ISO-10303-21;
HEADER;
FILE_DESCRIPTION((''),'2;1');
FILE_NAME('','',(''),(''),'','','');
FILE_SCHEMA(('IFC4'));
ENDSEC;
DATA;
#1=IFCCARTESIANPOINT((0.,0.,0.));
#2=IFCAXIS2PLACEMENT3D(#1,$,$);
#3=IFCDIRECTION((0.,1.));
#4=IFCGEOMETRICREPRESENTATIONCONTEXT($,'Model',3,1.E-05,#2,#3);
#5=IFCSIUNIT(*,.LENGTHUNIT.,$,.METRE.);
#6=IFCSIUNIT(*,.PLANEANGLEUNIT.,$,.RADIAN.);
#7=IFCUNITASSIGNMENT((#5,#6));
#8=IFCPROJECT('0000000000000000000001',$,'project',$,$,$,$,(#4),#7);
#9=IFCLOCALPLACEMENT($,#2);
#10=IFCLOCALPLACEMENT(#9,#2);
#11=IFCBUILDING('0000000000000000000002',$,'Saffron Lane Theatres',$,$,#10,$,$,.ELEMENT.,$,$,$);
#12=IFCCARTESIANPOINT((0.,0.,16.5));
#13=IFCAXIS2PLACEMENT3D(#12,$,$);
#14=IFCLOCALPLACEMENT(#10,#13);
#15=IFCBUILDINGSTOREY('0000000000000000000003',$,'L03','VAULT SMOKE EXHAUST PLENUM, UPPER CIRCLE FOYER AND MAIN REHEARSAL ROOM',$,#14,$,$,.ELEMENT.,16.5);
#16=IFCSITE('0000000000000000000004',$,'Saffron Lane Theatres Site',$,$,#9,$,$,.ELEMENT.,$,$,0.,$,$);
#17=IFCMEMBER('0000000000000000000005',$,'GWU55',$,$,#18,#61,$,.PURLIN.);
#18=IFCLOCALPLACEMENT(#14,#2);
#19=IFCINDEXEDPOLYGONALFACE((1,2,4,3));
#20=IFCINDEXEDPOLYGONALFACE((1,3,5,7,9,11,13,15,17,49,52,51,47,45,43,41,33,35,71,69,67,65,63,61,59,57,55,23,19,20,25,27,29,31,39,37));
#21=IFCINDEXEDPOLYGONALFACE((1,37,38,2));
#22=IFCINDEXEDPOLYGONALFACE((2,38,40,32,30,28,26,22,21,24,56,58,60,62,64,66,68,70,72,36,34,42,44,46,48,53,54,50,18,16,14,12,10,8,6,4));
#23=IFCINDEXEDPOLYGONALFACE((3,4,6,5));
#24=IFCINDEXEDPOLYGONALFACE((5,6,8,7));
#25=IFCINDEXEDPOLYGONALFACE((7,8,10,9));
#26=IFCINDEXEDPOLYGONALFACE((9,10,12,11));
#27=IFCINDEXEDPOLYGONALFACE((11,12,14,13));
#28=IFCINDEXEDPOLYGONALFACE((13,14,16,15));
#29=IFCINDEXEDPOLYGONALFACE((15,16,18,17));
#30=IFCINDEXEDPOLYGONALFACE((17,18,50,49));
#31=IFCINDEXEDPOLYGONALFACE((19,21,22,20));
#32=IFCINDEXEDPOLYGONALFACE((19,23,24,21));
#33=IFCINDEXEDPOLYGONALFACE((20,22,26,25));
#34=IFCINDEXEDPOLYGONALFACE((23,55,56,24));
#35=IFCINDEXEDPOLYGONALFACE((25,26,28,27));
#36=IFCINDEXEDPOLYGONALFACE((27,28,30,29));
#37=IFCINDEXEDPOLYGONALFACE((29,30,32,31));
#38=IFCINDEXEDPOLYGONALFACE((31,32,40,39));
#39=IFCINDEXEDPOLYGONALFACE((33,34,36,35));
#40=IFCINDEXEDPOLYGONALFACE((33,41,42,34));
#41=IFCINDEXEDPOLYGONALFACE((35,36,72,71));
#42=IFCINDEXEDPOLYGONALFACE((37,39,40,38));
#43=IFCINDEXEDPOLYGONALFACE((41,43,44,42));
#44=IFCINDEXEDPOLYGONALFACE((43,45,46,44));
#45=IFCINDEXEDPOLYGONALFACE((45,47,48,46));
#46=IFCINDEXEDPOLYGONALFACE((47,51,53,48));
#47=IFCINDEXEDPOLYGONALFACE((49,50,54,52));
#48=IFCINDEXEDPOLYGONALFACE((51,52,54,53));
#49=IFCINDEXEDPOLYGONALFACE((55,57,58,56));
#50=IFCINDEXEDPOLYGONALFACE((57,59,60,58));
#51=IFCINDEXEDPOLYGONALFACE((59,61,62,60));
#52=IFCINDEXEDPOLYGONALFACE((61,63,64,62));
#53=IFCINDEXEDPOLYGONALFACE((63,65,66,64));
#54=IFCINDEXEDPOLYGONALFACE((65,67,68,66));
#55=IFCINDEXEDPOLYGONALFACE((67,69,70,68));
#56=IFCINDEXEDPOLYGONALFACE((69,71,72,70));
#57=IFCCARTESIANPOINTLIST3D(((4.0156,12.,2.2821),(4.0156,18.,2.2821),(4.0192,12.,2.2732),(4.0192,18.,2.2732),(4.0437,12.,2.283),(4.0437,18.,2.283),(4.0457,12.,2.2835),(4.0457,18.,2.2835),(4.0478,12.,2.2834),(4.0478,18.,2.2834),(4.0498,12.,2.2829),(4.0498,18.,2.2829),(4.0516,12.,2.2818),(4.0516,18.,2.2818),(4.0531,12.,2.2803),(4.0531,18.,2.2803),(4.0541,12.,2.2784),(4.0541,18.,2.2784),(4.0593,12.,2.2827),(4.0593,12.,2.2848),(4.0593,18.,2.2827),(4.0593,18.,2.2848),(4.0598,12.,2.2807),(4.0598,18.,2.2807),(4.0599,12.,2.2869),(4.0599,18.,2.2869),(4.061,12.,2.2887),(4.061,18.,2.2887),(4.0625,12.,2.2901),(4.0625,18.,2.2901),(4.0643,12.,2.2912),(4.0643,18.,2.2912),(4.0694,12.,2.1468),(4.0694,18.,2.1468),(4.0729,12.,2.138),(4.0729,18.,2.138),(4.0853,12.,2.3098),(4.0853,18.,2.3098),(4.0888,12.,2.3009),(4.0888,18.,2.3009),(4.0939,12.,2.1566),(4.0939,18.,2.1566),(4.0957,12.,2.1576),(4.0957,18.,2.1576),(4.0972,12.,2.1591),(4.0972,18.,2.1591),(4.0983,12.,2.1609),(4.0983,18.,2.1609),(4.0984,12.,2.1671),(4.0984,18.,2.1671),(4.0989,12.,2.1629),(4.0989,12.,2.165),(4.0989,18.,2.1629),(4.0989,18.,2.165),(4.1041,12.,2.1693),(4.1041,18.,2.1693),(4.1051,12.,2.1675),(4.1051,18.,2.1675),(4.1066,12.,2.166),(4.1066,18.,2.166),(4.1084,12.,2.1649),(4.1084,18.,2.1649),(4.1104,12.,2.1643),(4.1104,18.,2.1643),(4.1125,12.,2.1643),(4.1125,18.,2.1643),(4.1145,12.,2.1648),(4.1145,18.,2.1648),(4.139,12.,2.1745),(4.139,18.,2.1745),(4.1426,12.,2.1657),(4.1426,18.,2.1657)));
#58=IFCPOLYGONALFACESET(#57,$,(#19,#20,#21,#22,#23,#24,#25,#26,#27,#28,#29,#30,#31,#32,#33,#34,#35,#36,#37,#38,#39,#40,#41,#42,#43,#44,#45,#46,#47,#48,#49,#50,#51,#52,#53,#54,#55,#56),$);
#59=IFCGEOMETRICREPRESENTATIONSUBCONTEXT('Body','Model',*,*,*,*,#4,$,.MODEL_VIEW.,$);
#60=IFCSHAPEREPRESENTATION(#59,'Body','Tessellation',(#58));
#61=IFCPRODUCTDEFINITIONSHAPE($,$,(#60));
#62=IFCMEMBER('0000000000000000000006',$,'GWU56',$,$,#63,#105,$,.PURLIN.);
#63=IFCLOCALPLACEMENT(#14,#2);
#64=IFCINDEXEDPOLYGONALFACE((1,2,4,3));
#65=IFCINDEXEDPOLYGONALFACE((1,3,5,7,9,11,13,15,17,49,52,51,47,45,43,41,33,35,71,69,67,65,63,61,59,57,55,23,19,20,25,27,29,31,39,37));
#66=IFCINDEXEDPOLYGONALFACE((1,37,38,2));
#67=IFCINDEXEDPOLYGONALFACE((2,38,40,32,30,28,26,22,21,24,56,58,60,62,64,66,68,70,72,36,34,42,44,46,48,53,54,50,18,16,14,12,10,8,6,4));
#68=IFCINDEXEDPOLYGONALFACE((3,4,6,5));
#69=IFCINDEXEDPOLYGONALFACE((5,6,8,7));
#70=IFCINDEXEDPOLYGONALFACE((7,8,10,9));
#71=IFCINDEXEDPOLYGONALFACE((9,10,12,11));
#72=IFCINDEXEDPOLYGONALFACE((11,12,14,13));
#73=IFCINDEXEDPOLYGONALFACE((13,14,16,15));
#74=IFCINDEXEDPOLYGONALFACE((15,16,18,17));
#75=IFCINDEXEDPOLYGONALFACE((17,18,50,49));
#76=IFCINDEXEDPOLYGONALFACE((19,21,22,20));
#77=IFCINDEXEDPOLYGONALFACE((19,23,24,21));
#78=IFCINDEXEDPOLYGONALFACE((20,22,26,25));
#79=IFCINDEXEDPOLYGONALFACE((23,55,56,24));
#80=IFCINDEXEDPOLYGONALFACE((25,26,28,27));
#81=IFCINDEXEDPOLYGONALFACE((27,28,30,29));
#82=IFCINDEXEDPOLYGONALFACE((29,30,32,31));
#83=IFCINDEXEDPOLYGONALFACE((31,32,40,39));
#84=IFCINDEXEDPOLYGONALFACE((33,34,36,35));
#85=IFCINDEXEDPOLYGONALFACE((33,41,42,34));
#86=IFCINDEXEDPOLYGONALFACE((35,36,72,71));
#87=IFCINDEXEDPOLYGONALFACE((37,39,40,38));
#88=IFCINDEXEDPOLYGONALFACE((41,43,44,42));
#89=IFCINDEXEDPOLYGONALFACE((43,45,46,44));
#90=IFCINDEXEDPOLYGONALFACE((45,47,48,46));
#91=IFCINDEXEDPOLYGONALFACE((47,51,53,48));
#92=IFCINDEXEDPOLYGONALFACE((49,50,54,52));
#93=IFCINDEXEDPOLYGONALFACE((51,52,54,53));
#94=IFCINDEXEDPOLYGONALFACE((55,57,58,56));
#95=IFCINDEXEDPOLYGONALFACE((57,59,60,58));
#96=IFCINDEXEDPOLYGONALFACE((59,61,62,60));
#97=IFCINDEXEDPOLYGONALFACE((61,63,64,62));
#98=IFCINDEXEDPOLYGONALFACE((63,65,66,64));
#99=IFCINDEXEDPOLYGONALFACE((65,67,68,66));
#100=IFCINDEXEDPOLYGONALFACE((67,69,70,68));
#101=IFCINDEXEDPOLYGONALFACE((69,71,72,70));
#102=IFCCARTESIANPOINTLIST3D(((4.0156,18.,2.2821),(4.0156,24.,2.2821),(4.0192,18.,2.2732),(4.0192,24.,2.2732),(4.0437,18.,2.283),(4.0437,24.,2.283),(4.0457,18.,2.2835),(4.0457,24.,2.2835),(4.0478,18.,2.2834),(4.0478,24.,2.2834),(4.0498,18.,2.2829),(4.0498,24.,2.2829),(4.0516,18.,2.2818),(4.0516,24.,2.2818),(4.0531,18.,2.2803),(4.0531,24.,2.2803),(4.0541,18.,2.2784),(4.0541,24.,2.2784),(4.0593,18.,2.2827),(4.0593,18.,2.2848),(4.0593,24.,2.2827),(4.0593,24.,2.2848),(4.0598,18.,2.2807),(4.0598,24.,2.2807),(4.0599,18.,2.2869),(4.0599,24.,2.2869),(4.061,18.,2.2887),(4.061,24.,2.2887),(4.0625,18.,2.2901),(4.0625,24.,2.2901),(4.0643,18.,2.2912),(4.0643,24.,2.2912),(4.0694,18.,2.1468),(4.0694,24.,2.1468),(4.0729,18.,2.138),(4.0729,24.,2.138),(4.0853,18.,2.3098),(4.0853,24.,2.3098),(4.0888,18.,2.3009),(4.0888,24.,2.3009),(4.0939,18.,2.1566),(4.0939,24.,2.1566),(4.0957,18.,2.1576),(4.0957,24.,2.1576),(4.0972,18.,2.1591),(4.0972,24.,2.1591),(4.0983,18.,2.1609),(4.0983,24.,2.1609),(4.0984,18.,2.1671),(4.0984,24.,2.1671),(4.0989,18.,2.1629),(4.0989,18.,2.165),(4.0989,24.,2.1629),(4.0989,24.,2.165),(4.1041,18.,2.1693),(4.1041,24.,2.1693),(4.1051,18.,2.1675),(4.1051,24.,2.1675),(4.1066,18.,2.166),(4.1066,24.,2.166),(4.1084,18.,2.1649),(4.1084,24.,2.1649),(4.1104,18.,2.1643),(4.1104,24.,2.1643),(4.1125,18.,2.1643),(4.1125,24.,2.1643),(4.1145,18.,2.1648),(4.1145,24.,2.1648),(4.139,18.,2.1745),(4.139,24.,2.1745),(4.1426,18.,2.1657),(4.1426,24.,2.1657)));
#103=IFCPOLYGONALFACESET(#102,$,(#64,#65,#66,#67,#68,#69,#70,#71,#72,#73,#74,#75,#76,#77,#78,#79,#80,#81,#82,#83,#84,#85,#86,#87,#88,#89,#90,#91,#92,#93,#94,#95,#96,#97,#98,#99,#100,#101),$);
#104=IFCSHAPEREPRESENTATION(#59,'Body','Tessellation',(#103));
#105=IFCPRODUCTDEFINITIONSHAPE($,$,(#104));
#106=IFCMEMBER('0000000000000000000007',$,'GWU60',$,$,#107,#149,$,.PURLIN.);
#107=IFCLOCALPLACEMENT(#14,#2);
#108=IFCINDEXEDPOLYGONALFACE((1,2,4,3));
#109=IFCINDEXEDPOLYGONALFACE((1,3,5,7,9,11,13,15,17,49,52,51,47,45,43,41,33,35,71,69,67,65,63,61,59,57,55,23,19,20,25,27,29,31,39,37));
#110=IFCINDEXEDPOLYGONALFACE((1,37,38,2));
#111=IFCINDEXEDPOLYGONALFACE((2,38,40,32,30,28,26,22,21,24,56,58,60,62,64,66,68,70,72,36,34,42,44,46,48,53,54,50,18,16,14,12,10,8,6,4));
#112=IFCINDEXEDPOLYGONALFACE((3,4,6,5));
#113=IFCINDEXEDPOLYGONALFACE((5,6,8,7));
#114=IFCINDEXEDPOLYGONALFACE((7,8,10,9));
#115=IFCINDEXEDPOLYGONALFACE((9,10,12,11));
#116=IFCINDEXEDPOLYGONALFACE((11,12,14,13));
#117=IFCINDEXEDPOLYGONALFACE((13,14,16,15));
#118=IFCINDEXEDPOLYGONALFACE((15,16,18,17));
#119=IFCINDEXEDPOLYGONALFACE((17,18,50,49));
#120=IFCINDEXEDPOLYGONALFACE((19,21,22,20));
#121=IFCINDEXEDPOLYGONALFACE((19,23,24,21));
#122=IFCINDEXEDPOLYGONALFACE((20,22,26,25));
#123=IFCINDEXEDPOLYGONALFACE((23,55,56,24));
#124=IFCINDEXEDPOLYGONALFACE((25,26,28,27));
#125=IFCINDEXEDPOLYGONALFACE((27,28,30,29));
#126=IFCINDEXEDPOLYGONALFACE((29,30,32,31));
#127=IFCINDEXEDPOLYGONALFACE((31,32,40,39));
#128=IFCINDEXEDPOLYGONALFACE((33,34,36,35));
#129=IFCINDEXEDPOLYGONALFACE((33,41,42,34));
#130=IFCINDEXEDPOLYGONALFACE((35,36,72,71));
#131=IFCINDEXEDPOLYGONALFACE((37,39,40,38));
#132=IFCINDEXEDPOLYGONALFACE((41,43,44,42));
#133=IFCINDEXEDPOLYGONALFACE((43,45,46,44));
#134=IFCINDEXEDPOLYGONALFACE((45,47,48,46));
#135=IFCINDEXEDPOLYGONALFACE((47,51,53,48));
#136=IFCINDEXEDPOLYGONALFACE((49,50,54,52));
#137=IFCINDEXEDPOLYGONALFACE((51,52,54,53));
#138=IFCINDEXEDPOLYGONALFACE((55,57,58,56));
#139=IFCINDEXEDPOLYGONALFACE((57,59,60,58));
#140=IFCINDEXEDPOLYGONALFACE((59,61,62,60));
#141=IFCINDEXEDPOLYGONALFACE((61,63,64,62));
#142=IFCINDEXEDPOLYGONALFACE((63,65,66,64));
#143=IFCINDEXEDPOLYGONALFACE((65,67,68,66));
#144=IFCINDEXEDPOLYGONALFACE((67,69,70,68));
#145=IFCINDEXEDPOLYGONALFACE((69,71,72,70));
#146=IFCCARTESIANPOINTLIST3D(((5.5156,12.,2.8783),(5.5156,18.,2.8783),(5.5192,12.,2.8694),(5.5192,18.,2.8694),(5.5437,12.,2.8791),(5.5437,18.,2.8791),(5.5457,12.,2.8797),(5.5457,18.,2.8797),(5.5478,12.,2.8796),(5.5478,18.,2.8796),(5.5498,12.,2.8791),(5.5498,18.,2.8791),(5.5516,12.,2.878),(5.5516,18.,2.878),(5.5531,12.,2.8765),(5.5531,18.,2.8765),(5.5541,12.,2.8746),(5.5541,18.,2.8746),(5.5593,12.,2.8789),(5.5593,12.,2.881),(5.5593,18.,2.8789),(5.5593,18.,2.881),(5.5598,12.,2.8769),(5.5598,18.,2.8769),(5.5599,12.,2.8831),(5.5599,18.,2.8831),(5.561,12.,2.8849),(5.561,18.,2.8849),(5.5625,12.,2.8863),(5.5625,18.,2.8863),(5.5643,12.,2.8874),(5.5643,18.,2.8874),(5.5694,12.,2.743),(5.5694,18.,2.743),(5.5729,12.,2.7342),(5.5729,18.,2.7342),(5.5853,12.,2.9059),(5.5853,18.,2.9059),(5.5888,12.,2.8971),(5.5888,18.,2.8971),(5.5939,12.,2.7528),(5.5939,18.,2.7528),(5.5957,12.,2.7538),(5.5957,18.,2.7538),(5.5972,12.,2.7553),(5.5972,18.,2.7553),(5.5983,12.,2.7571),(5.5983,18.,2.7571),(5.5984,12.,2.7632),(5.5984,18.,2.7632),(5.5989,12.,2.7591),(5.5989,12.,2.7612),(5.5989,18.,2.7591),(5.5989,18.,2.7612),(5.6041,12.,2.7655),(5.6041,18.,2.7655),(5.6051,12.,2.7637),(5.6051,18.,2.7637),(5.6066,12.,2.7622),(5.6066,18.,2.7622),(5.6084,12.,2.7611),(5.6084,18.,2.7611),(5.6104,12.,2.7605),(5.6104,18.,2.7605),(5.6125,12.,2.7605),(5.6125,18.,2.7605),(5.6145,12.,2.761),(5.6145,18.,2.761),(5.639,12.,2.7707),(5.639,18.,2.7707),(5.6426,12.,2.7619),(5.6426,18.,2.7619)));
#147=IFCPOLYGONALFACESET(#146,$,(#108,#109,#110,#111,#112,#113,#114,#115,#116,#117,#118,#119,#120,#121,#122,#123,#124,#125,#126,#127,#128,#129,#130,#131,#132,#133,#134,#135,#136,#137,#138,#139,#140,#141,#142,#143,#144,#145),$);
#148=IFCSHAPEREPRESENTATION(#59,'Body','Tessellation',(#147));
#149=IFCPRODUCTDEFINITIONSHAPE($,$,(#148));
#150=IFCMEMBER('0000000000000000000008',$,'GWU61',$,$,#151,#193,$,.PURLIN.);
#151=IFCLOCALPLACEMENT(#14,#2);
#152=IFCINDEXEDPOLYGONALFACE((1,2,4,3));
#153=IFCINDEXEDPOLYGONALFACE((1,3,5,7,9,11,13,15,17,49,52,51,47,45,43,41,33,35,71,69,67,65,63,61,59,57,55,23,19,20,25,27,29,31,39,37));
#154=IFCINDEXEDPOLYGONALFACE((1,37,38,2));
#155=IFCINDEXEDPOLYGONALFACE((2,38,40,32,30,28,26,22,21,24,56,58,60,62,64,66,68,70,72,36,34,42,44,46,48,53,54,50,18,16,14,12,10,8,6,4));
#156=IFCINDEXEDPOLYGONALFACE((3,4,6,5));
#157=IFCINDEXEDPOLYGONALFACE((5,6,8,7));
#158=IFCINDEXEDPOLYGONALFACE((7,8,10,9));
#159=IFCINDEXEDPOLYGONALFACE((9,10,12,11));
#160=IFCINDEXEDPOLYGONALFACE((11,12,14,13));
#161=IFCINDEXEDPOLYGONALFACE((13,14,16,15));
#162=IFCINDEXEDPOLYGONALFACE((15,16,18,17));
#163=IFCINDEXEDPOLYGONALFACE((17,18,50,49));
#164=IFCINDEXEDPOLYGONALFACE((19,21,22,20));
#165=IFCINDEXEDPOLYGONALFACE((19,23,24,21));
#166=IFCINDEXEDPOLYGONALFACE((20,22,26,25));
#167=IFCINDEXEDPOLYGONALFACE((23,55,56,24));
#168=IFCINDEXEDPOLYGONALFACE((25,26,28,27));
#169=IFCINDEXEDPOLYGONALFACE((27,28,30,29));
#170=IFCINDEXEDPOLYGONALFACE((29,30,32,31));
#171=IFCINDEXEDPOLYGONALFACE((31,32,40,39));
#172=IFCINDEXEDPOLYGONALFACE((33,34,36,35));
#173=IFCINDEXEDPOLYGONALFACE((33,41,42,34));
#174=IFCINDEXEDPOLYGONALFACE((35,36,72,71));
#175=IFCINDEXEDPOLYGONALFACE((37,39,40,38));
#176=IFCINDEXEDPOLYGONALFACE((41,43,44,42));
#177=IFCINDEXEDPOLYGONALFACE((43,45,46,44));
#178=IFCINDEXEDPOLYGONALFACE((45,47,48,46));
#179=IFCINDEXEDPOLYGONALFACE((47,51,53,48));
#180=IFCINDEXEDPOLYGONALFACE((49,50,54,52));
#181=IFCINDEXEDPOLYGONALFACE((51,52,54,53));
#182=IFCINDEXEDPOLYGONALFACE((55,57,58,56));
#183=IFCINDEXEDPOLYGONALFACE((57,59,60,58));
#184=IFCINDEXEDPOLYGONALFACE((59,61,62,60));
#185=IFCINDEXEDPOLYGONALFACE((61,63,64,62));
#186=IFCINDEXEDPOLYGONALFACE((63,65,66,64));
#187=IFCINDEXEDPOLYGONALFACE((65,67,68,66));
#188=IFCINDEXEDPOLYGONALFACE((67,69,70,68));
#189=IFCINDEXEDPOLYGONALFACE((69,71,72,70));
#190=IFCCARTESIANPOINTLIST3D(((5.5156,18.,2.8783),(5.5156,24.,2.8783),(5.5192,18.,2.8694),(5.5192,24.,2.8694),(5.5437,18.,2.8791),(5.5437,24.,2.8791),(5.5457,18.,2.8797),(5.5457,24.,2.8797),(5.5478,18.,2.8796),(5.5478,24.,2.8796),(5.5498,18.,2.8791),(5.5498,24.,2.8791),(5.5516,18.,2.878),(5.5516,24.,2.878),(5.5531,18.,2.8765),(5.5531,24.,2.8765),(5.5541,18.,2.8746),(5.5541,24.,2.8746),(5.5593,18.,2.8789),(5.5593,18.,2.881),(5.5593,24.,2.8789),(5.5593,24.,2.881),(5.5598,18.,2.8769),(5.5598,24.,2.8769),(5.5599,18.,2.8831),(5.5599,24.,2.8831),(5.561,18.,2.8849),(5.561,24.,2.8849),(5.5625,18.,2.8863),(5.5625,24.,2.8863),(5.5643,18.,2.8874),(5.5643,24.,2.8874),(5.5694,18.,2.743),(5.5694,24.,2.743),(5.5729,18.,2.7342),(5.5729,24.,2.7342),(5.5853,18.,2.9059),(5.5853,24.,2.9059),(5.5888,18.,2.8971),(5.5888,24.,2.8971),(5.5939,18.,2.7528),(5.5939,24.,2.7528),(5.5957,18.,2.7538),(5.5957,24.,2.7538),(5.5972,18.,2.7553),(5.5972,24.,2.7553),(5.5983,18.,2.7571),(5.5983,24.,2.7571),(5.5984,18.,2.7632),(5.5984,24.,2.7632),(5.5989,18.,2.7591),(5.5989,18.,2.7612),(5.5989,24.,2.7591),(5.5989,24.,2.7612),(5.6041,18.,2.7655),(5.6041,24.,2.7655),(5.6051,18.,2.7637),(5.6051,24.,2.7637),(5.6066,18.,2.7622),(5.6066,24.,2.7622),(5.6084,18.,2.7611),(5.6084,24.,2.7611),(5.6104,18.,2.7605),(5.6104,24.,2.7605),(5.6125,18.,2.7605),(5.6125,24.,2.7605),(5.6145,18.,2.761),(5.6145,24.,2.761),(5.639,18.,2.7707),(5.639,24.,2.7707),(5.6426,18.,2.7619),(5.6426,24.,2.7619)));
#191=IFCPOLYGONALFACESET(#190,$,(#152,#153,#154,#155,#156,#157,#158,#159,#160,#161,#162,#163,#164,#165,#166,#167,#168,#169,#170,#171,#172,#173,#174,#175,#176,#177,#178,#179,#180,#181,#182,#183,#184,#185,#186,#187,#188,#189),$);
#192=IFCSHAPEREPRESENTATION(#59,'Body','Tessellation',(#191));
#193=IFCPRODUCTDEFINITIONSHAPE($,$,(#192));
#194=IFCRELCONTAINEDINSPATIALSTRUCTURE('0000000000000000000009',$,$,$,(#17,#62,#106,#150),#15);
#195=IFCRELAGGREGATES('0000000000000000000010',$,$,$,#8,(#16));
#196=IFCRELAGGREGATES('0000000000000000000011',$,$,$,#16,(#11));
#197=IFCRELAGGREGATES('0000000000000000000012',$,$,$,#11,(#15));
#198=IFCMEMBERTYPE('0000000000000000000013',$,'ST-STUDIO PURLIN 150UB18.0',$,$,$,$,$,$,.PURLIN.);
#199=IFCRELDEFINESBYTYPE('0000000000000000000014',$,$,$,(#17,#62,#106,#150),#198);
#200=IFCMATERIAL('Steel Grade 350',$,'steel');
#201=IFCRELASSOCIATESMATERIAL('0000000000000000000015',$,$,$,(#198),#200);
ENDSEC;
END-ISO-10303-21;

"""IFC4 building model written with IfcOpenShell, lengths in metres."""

from ifc_helpers import new_model, si_unit, direction, frame, origin, origin_2d, place, context, subcontext, project, spatial, i_section, extrude, material, material_profile, profile_set, type_object, element, save


model = new_model("IFC4")

# Units and contexts
model_context = context("Model", 3, precision=1e-05, world=origin(), true_north=direction((0.0, 1.0)))
body_context = subcontext(model_context, "Body", "Model", "MODEL_VIEW")
ifc_project = project(units=[si_unit("LENGTHUNIT", "METRE"), si_unit("PLANEANGLEUNIT", "RADIAN")], contexts=[model_context])

# Site, building, storey
site_placement = place(None, origin())
site = spatial("IfcSite", under=ifc_project, at=site_placement, Name="Saffron Lane Theatres Site", CompositionType="ELEMENT", RefElevation=0.0)
building_placement = place(site_placement, origin())
building = spatial("IfcBuilding", under=site, at=building_placement, Name="Saffron Lane Theatres", CompositionType="ELEMENT")
storey_placement = place(building_placement, frame((0.0, 0.0, 16.5)))
storey = spatial("IfcBuildingStorey", under=building, at=storey_placement, Name="L03", Description="VAULT SMOKE EXHAUST PLENUM, UPPER CIRCLE FOYER AND MAIN REHEARSAL ROOM", CompositionType="ELEMENT", Elevation=16.5)

# Members
ifc_material_1 = material(Name="Steel Grade 350", Category="steel")
ifc_material_profile_1 = material_profile(ifc_material_1, i_section(OverallWidth=0.075, OverallDepth=0.155, WebThickness=0.0061, FlangeThickness=0.0095, FilletRadius=0.0081, at=origin_2d()))
ifc_profile_set_1 = profile_set([ifc_material_profile_1], Name="Steel Grade 350")
member_type_1 = type_object("IfcMemberType", Name="ST-STUDIO PURLIN 150UB18.0", PredefinedType="PURLIN", material=ifc_profile_set_1)
for number, where, z_axis, x_axis, name in (
    (1, (4.0791, 12.0, 2.2239), (0.0, 1.0, 0.0), (-0.929273, 0.0, -0.369393), "GWU55"),
    (2, (4.0791, 18.0, 2.2239), (0.0, 1.0, 0.0), (-0.929273, 0.0, -0.369393), "GWU56"),
    (3, (5.5791, 12.0, 2.8201), (0.0, 1.0, 0.0), (-0.929273, 0.0, -0.369393), "GWU60"),
    (4, (5.5791, 18.0, 2.8201), (0.0, 1.0, 0.0), (-0.929273, 0.0, -0.369393), "GWU61"),
):
    element("IfcMember", number, at=place(storey_placement, frame(where, z_axis=z_axis, x_axis=x_axis)), inside=storey, type_object=member_type_1, Name=name, PredefinedType="PURLIN", context=body_context, shape_type="SweptSolid", body=[
        extrude(i_section(OverallWidth=0.075, OverallDepth=0.155, WebThickness=0.0061, FlangeThickness=0.0095, FilletRadius=0.0081, at=origin_2d()), origin(), (0.0, 0.0, 1.0), 6.0),
    ])

save(model, "model.ifc")
